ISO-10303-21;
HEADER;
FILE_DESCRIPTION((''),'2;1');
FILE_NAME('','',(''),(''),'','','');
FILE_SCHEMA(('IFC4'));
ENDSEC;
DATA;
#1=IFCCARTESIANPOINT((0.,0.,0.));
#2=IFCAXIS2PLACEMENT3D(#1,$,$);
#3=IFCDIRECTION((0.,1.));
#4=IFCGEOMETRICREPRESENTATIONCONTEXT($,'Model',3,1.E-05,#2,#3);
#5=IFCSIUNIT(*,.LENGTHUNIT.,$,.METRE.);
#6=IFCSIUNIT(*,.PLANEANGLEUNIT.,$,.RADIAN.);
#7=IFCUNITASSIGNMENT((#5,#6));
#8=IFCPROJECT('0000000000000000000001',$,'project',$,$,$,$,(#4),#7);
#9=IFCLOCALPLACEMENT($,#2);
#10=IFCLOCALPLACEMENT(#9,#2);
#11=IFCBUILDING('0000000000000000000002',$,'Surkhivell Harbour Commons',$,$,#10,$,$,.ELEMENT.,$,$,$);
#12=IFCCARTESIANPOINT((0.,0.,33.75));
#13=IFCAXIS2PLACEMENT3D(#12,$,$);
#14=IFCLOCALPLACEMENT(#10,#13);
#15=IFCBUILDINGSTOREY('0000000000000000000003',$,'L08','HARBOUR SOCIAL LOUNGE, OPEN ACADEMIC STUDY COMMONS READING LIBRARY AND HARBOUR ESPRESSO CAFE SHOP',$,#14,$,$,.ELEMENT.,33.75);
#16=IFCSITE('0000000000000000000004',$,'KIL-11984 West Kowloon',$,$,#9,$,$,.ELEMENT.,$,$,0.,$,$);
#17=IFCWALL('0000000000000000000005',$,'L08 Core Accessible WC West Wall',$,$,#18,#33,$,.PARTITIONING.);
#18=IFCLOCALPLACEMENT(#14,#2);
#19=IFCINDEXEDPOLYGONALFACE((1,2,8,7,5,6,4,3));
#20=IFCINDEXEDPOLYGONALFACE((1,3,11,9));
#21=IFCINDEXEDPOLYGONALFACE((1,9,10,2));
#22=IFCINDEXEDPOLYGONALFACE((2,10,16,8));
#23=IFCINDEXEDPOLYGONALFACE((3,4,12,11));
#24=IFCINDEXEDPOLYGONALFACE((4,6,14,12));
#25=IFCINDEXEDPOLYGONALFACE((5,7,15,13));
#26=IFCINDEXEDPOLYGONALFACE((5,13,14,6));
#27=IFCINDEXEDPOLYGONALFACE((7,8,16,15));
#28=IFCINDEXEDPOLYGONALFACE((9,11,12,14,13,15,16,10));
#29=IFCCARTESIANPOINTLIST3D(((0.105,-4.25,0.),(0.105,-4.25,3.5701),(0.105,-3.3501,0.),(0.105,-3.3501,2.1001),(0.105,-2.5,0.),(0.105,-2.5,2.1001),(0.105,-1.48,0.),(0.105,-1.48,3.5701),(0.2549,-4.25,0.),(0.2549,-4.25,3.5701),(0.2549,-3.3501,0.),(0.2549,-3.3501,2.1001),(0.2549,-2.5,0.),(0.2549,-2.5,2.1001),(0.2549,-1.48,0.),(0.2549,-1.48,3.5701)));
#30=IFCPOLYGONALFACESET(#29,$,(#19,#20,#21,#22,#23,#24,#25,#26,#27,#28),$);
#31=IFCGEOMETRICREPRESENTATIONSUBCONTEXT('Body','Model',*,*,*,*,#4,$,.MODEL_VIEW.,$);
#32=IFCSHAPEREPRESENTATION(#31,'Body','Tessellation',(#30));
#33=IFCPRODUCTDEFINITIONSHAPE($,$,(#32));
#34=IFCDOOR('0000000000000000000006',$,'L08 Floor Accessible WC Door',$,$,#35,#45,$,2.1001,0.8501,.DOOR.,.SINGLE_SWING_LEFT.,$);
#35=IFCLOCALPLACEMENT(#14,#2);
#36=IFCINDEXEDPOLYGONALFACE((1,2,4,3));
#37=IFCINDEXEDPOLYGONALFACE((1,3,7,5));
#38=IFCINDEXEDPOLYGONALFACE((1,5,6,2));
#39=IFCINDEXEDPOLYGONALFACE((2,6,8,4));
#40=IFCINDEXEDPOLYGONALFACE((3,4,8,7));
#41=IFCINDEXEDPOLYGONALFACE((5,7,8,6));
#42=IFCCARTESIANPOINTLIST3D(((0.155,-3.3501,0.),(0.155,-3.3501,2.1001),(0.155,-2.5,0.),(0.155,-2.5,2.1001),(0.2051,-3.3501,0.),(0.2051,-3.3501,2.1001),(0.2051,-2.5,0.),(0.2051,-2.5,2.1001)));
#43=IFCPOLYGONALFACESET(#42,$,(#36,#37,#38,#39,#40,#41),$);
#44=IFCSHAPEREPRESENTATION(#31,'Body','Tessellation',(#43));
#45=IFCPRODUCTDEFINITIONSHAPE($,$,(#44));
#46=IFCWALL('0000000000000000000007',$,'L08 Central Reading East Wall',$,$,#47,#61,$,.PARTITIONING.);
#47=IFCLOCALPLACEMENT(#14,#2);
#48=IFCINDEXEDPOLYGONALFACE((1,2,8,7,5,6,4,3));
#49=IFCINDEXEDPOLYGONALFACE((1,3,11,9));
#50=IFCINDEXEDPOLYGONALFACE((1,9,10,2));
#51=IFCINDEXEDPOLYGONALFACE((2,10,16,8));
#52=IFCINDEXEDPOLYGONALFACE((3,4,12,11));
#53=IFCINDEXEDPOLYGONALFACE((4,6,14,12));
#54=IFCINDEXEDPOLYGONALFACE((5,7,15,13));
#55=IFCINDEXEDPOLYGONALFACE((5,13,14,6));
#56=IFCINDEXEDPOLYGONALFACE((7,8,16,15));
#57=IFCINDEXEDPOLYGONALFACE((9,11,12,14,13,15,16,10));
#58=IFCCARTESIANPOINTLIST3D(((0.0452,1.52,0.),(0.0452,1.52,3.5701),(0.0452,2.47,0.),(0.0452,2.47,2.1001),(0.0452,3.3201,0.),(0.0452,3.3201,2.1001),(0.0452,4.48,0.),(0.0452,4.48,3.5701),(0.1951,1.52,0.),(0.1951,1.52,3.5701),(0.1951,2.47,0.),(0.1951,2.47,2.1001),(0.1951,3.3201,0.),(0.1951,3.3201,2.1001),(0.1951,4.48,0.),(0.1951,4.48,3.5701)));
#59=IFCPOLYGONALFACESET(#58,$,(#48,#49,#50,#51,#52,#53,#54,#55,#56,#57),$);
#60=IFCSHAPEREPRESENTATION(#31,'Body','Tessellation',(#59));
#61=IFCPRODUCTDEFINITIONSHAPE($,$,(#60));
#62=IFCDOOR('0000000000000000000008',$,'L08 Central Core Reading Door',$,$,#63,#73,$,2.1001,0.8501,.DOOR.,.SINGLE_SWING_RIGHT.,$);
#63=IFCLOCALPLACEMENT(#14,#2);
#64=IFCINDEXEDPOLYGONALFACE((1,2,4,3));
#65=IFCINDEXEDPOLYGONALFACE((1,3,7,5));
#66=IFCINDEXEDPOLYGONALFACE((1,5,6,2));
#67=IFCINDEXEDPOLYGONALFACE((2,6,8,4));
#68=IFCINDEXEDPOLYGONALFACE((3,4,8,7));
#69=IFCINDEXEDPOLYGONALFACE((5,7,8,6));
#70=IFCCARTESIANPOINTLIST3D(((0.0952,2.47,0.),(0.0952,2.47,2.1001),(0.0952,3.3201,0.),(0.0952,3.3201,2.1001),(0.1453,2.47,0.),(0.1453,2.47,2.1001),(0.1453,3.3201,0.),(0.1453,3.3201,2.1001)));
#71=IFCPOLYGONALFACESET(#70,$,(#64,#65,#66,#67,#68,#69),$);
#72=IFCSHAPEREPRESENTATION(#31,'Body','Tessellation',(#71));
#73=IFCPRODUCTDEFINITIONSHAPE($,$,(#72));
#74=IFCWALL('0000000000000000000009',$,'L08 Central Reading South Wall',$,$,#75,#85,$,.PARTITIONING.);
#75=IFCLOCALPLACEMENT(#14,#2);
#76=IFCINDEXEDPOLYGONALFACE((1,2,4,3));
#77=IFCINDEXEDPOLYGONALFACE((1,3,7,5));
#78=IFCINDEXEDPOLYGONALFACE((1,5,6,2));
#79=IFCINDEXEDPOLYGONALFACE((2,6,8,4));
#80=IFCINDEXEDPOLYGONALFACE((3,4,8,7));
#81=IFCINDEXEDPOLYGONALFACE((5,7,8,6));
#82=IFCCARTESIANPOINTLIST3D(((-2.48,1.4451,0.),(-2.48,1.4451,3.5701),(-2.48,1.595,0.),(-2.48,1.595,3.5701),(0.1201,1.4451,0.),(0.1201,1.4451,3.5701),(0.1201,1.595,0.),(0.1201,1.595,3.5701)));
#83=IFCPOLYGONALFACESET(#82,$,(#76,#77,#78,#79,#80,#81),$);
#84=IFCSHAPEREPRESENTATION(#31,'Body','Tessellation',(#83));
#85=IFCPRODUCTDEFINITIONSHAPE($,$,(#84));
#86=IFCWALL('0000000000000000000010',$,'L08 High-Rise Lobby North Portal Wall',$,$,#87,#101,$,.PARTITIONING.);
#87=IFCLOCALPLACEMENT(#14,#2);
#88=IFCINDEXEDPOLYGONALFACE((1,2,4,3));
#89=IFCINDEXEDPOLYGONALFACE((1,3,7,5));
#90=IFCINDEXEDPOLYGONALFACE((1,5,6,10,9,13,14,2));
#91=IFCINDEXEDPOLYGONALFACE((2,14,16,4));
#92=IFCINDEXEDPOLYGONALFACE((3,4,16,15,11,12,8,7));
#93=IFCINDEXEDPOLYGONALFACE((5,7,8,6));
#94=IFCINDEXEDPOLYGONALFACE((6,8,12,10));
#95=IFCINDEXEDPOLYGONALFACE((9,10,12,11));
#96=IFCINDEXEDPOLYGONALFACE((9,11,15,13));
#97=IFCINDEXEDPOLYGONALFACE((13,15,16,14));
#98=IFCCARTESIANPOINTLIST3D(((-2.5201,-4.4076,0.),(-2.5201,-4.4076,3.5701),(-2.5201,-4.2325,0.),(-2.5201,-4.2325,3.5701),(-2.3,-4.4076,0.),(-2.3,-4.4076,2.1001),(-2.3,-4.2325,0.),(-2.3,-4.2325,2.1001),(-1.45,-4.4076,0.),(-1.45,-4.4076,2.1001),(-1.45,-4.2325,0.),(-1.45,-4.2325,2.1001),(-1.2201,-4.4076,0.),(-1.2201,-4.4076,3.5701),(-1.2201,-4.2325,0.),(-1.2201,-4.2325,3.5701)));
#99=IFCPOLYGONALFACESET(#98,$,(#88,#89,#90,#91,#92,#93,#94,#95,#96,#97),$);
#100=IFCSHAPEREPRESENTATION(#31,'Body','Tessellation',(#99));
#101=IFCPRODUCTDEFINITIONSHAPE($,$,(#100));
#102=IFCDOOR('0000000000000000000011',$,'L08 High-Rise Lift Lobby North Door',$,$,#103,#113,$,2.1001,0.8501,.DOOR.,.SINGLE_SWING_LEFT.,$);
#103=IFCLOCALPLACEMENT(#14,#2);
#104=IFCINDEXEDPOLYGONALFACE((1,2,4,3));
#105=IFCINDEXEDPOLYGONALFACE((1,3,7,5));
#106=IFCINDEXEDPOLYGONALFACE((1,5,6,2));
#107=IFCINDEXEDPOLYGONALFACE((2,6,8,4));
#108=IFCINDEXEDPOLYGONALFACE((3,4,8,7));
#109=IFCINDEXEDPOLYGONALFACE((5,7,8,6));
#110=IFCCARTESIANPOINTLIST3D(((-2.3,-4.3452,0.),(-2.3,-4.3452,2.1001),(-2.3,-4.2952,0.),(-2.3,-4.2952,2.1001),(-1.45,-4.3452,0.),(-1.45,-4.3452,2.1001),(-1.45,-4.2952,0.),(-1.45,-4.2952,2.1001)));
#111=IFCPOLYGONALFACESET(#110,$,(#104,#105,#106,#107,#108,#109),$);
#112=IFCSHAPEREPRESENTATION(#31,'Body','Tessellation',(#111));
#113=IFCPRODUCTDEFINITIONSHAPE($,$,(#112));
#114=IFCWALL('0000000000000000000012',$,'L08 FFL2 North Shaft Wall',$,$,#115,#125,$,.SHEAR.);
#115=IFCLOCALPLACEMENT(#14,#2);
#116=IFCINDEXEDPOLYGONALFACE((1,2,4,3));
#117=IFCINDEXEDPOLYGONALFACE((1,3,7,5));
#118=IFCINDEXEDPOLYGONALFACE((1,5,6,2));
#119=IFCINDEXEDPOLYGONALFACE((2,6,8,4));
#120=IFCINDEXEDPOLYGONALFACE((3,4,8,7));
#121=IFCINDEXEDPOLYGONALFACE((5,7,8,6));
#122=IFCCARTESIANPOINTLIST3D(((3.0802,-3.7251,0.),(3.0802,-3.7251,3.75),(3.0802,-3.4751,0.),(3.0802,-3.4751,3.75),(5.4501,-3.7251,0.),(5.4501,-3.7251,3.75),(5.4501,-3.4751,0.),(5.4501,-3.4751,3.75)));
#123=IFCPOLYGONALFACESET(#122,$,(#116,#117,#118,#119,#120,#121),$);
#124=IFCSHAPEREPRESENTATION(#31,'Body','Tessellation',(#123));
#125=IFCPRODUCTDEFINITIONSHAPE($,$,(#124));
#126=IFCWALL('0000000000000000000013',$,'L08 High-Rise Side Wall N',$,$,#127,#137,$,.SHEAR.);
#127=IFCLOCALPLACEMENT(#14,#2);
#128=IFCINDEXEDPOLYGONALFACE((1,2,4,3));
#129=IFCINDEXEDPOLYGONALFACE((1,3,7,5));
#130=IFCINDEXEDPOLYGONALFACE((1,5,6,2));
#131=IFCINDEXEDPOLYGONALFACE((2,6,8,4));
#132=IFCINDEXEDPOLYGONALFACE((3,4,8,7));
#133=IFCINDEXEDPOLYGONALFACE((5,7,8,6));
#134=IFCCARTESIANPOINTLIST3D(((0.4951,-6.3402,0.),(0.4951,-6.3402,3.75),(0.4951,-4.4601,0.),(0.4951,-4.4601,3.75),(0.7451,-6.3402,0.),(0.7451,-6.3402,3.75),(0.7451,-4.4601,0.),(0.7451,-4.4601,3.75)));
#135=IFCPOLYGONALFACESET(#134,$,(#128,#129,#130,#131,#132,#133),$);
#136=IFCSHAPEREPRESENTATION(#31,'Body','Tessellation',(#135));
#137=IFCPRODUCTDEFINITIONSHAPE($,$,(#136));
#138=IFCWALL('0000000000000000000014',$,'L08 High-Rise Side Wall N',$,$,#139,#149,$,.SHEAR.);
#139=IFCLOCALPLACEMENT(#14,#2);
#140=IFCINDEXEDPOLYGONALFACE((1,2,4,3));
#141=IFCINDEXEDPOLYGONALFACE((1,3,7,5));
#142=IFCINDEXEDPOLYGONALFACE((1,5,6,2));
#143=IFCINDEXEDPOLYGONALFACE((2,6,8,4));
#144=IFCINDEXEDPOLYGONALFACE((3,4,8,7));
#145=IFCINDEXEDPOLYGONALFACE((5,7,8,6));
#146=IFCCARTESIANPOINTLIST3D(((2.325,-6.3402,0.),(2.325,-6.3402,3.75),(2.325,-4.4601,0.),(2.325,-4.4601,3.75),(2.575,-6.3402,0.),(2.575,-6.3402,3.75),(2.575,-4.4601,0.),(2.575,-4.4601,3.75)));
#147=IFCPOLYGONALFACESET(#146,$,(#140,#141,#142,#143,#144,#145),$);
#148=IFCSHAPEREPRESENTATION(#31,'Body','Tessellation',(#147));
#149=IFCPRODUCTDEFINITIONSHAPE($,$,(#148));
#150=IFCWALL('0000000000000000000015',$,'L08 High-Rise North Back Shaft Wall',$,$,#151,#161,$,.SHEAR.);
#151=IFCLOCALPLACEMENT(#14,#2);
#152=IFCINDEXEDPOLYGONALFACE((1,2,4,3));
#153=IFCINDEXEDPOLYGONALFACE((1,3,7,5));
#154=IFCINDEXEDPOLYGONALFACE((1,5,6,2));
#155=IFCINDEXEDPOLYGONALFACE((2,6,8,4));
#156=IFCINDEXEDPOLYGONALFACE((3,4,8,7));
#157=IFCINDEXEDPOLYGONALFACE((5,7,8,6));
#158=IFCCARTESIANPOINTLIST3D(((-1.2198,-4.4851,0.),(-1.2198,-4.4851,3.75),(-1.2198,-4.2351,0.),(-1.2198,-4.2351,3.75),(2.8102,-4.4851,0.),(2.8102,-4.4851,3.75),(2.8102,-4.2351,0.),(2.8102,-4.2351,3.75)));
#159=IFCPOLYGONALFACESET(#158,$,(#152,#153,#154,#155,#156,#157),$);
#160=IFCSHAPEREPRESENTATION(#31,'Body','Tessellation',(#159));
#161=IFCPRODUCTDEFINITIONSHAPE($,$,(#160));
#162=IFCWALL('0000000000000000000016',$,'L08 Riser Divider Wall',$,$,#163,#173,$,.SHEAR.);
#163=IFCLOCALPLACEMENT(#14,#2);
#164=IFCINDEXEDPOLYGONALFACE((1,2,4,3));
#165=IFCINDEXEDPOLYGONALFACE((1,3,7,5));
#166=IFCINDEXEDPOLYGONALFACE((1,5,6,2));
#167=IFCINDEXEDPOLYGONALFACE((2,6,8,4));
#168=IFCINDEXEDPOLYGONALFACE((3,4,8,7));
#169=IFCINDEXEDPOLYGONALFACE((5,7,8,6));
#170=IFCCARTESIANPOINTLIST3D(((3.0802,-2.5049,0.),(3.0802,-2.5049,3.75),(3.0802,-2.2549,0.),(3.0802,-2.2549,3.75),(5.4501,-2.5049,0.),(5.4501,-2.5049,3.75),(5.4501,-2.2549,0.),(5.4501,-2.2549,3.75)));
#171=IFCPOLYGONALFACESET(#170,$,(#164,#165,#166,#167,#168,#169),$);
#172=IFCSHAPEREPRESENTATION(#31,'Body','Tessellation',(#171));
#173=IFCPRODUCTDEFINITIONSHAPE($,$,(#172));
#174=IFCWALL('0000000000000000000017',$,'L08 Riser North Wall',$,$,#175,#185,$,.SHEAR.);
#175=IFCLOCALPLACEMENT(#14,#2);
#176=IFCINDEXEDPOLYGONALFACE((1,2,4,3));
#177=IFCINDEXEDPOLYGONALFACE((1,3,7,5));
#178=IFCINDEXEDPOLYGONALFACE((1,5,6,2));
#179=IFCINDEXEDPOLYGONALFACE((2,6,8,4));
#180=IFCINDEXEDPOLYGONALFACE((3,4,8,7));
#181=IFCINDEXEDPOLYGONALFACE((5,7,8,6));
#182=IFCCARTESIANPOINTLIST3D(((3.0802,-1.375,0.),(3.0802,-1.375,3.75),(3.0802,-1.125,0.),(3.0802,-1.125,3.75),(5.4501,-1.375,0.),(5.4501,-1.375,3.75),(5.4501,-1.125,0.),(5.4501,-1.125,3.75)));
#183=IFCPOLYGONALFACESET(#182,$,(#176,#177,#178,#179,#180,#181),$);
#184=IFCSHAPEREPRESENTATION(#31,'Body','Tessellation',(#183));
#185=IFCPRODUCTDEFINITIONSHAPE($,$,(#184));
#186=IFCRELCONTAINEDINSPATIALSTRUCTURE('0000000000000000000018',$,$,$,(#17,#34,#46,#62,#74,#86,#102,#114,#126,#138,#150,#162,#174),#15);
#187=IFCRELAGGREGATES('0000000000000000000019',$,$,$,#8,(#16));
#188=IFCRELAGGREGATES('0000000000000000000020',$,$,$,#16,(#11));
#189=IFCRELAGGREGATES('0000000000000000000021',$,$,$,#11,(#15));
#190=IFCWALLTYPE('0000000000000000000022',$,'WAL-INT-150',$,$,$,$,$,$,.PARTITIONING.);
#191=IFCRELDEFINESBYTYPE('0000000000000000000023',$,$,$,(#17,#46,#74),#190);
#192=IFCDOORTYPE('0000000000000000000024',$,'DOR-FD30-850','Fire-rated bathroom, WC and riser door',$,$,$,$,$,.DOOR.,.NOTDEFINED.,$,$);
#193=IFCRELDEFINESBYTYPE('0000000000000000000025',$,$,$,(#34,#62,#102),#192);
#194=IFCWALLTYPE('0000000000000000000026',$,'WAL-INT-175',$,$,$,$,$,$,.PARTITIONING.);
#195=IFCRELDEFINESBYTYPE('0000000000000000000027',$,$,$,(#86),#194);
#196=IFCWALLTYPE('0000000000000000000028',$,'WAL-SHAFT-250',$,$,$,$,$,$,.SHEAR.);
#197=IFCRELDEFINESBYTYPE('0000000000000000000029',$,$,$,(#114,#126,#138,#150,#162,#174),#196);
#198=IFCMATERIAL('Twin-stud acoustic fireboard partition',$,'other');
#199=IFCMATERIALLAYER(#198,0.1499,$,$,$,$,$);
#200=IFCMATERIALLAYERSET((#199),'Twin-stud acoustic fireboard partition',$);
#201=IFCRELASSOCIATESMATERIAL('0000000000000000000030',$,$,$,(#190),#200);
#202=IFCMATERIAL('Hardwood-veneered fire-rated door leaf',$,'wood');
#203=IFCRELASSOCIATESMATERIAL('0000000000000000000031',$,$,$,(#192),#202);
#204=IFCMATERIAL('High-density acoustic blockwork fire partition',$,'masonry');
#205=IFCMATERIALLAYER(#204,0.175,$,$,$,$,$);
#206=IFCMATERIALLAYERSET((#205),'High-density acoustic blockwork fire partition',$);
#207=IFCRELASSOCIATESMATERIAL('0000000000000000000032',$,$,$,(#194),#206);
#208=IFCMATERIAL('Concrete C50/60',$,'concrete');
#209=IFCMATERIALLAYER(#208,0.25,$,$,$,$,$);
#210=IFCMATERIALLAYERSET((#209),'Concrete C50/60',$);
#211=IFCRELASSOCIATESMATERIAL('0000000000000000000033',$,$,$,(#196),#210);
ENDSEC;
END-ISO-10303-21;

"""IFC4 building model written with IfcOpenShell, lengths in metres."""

from ifc_helpers import new_model, si_unit, direction, frame, frame_2d, origin, place, context, subcontext, project, spatial, rectangle, extrude, material, layer, layer_set, type_object, element, fill, save


model = new_model("IFC4")

# Units and contexts
model_context = context("Model", 3, precision=1e-05, world=origin(), true_north=direction((0.0, 1.0)))
body_context = subcontext(model_context, "Body", "Model", "MODEL_VIEW")
ifc_project = project(units=[si_unit("LENGTHUNIT", "METRE"), si_unit("PLANEANGLEUNIT", "RADIAN")], contexts=[model_context])

# Site, building, storey
site_placement = place(None, origin())
site = spatial("IfcSite", under=ifc_project, at=site_placement, Name="KIL-11984 West Kowloon", CompositionType="ELEMENT", RefElevation=0.0)
building_placement = place(site_placement, origin())
building = spatial("IfcBuilding", under=site, at=building_placement, Name="Surkhivell Harbour Commons", CompositionType="ELEMENT")
storey_placement = place(building_placement, frame((0.0, 0.0, 33.75)))
storey = spatial("IfcBuildingStorey", under=building, at=storey_placement, Name="L08", Description="HARBOUR SOCIAL LOUNGE, OPEN ACADEMIC STUDY COMMONS READING LIBRARY AND HARBOUR ESPRESSO CAFE SHOP", CompositionType="ELEMENT", Elevation=33.75)

# Shared definitions
ifc_material_1 = material(Name="Twin-stud acoustic fireboard partition", Category="other")
ifc_layer_1 = layer(ifc_material_1, 0.1499)
ifc_layer_set_1 = layer_set([ifc_layer_1], Name="Twin-stud acoustic fireboard partition")
wall_type_1 = type_object("IfcWallType", Name="WAL-INT-150", PredefinedType="PARTITIONING", material=ifc_layer_set_1)

# Walls, openings, doors
wall_1_placement = place(storey_placement, frame((0.1799, -4.25, 0.0), z_axis=(0.0, 0.0, 1.0), x_axis=(0.0, 1.0, 0.0)))
wall_1 = element("IfcWall", 1, at=wall_1_placement, inside=storey, type_object=wall_type_1, Name="L08 Core Accessible WC West Wall", PredefinedType="PARTITIONING", context=body_context, shape_type="SweptSolid", body=[
    extrude(rectangle(XDim=2.77, YDim=0.1499, at=frame_2d((1.385, 0.0))), origin(), (0.0, 0.0, 1.0), 3.5701),
])
opening_1_placement = place(wall_1_placement, frame((0.8999, 0.0, 0.0)))
opening_1 = element("IfcOpeningElement", 2, at=opening_1_placement, cuts=wall_1, PredefinedType="OPENING", context=body_context, shape_type="SweptSolid", body=[
    extrude(rectangle(XDim=0.8501, YDim=2.1001, at=frame_2d((0.425, 1.05))), frame((0.0, 0.085, 0.0), z_axis=(0.0, -1.0, 0.0), x_axis=(1.0, 0.0, 0.0)), (0.0, 0.0, 1.0), 0.1699),
])
ifc_material_2 = material(Name="Hardwood-veneered fire-rated door leaf", Category="wood")
door_type_1 = type_object("IfcDoorType", Name="DOR-FD30-850", Description="Fire-rated bathroom, WC and riser door", OperationType="NOTDEFINED", PredefinedType="DOOR", material=ifc_material_2)
door_1_placement = place(opening_1_placement, origin())
door_1 = element("IfcDoor", 3, at=door_1_placement, inside=storey, type_object=door_type_1, Name="L08 Floor Accessible WC Door", OperationType="SINGLE_SWING_LEFT", OverallHeight=2.1001, OverallWidth=0.8501, PredefinedType="DOOR", context=body_context, shape_type="SweptSolid", body=[
    extrude(rectangle(XDim=0.8501, YDim=2.1001, at=frame_2d((0.425, 1.05))), frame((0.0, 0.0249, 0.0), z_axis=(0.0, -1.0, 0.0), x_axis=(1.0, 0.0, 0.0)), (0.0, 0.0, 1.0), 0.05),
])
fill(opening_1, door_1)
wall_2_placement = place(storey_placement, frame((0.1201, 1.52, 0.0), z_axis=(0.0, 0.0, 1.0), x_axis=(0.0, 1.0, 0.0)))
wall_2 = element("IfcWall", 4, at=wall_2_placement, inside=storey, type_object=wall_type_1, Name="L08 Central Reading East Wall", PredefinedType="PARTITIONING", context=body_context, shape_type="SweptSolid", body=[
    extrude(rectangle(XDim=2.96, YDim=0.1499, at=frame_2d((1.48, 0.0))), origin(), (0.0, 0.0, 1.0), 3.5701),
])
opening_2_placement = place(wall_2_placement, frame((0.95, 0.0, 0.0)))
opening_2 = element("IfcOpeningElement", 5, at=opening_2_placement, cuts=wall_2, PredefinedType="OPENING", context=body_context, shape_type="SweptSolid", body=[
    extrude(rectangle(XDim=0.8501, YDim=2.1001, at=frame_2d((0.425, 1.05))), frame((0.0, 0.085, 0.0), z_axis=(0.0, -1.0, 0.0), x_axis=(1.0, 0.0, 0.0)), (0.0, 0.0, 1.0), 0.1699),
])
door_2_placement = place(opening_2_placement, origin())
door_2 = element("IfcDoor", 6, at=door_2_placement, inside=storey, type_object=door_type_1, Name="L08 Central Core Reading Door", OperationType="SINGLE_SWING_RIGHT", OverallHeight=2.1001, OverallWidth=0.8501, PredefinedType="DOOR", context=body_context, shape_type="SweptSolid", body=[
    extrude(rectangle(XDim=0.8501, YDim=2.1001, at=frame_2d((0.425, 1.05))), frame((0.0, 0.0249, 0.0), z_axis=(0.0, -1.0, 0.0), x_axis=(1.0, 0.0, 0.0)), (0.0, 0.0, 1.0), 0.05),
])
fill(opening_2, door_2)

# Wall
wall_3_placement = place(storey_placement, frame((-2.48, 1.52, 0.0), z_axis=(0.0, 0.0, 1.0), x_axis=(1.0, 0.0, 0.0)))
element("IfcWall", 7, at=wall_3_placement, inside=storey, type_object=wall_type_1, Name="L08 Central Reading South Wall", PredefinedType="PARTITIONING", context=body_context, shape_type="SweptSolid", body=[
    extrude(rectangle(XDim=2.6001, YDim=0.1499, at=frame_2d((1.3, 0.0))), origin(), (0.0, 0.0, 1.0), 3.5701),
])

# Wall, opening, door
ifc_material_3 = material(Name="High-density acoustic blockwork fire partition", Category="masonry")
ifc_layer_2 = layer(ifc_material_3, 0.175)
ifc_layer_set_2 = layer_set([ifc_layer_2], Name="High-density acoustic blockwork fire partition")
wall_type_2 = type_object("IfcWallType", Name="WAL-INT-175", PredefinedType="PARTITIONING", material=ifc_layer_set_2)
wall_4_placement = place(storey_placement, frame((-2.52, -4.3201, 0.0), z_axis=(0.0, 0.0, 1.0), x_axis=(1.0, 0.0, 0.0)))
wall_4 = element("IfcWall", 8, at=wall_4_placement, inside=storey, type_object=wall_type_2, Name="L08 High-Rise Lobby North Portal Wall", PredefinedType="PARTITIONING", context=body_context, shape_type="SweptSolid", body=[
    extrude(rectangle(XDim=1.3, YDim=0.175, at=frame_2d((0.6499, 0.0))), origin(), (0.0, 0.0, 1.0), 3.5701),
])
opening_3_placement = place(wall_4_placement, frame((0.22, 0.0, 0.0)))
opening_3 = element("IfcOpeningElement", 9, at=opening_3_placement, cuts=wall_4, PredefinedType="OPENING", context=body_context, shape_type="SweptSolid", body=[
    extrude(rectangle(XDim=0.8501, YDim=2.1001, at=frame_2d((0.425, 1.05))), frame((0.0, 0.0974, 0.0), z_axis=(0.0, -1.0, 0.0), x_axis=(1.0, 0.0, 0.0)), (0.0, 0.0, 1.0), 0.1951),
])
door_3_placement = place(opening_3_placement, origin())
door_3 = element("IfcDoor", 10, at=door_3_placement, inside=storey, type_object=door_type_1, Name="L08 High-Rise Lift Lobby North Door", OperationType="SINGLE_SWING_LEFT", OverallHeight=2.1001, OverallWidth=0.8501, PredefinedType="DOOR", context=body_context, shape_type="SweptSolid", body=[
    extrude(rectangle(XDim=0.8501, YDim=2.1001, at=frame_2d((0.425, 1.05))), frame((0.0, 0.0249, 0.0), z_axis=(0.0, -1.0, 0.0), x_axis=(1.0, 0.0, 0.0)), (0.0, 0.0, 1.0), 0.05),
])
fill(opening_3, door_3)

# Walls
ifc_material_4 = material(Name="Concrete C50/60", Category="concrete")
ifc_layer_3 = layer(ifc_material_4, 0.25)
ifc_layer_set_3 = layer_set([ifc_layer_3], Name="Concrete C50/60")
wall_type_3 = type_object("IfcWallType", Name="WAL-SHAFT-250", PredefinedType="SHEAR", material=ifc_layer_set_3)
wall_5_placement = place(storey_placement, frame((3.0801, -3.6001, 0.0), z_axis=(0.0, 0.0, 1.0), x_axis=(1.0, 0.0, 0.0)))
element("IfcWall", 11, at=wall_5_placement, inside=storey, type_object=wall_type_3, Name="L08 FFL2 North Shaft Wall", PredefinedType="SHEAR", context=body_context, shape_type="SweptSolid", body=[
    extrude(rectangle(XDim=2.3699, YDim=0.25, at=frame_2d((1.1851, 0.0))), origin(), (0.0, 0.0, 1.0), 3.75),
])
for number, where, z_axis, x_axis, name in (
    (12, (0.6201, -6.3401, 0.0), (0.0, 0.0, 1.0), (0.0, 1.0, 0.0), "L08 High-Rise Side Wall N"),
    (13, (2.45, -6.3401, 0.0), (0.0, 0.0, 1.0), (0.0, 1.0, 0.0), "L08 High-Rise Side Wall N"),
):
    element("IfcWall", number, at=place(storey_placement, frame(where, z_axis=z_axis, x_axis=x_axis)), inside=storey, type_object=wall_type_3, Name=name, PredefinedType="SHEAR", context=body_context, shape_type="SweptSolid", body=[
        extrude(rectangle(XDim=1.8801, YDim=0.25, at=frame_2d((0.9399, 0.0))), origin(), (0.0, 0.0, 1.0), 3.75),
    ])
wall_6_placement = place(storey_placement, frame((-1.22, -4.3601, 0.0), z_axis=(0.0, 0.0, 1.0), x_axis=(1.0, 0.0, 0.0)))
element("IfcWall", 14, at=wall_6_placement, inside=storey, type_object=wall_type_3, Name="L08 High-Rise North Back Shaft Wall", PredefinedType="SHEAR", context=body_context, shape_type="SweptSolid", body=[
    extrude(rectangle(XDim=4.03, YDim=0.25, at=frame_2d((2.0151, 0.0))), origin(), (0.0, 0.0, 1.0), 3.75),
])
for number, where, z_axis, x_axis, name in (
    (15, (3.0801, -2.3799, 0.0), (0.0, 0.0, 1.0), (1.0, 0.0, 0.0), "L08 Riser Divider Wall"),
    (16, (3.0801, -1.25, 0.0), (0.0, 0.0, 1.0), (1.0, 0.0, 0.0), "L08 Riser North Wall"),
):
    element("IfcWall", number, at=place(storey_placement, frame(where, z_axis=z_axis, x_axis=x_axis)), inside=storey, type_object=wall_type_3, Name=name, PredefinedType="SHEAR", context=body_context, shape_type="SweptSolid", body=[
        extrude(rectangle(XDim=2.3699, YDim=0.25, at=frame_2d((1.1851, 0.0))), origin(), (0.0, 0.0, 1.0), 3.75),
    ])

save(model, "model.ifc")
